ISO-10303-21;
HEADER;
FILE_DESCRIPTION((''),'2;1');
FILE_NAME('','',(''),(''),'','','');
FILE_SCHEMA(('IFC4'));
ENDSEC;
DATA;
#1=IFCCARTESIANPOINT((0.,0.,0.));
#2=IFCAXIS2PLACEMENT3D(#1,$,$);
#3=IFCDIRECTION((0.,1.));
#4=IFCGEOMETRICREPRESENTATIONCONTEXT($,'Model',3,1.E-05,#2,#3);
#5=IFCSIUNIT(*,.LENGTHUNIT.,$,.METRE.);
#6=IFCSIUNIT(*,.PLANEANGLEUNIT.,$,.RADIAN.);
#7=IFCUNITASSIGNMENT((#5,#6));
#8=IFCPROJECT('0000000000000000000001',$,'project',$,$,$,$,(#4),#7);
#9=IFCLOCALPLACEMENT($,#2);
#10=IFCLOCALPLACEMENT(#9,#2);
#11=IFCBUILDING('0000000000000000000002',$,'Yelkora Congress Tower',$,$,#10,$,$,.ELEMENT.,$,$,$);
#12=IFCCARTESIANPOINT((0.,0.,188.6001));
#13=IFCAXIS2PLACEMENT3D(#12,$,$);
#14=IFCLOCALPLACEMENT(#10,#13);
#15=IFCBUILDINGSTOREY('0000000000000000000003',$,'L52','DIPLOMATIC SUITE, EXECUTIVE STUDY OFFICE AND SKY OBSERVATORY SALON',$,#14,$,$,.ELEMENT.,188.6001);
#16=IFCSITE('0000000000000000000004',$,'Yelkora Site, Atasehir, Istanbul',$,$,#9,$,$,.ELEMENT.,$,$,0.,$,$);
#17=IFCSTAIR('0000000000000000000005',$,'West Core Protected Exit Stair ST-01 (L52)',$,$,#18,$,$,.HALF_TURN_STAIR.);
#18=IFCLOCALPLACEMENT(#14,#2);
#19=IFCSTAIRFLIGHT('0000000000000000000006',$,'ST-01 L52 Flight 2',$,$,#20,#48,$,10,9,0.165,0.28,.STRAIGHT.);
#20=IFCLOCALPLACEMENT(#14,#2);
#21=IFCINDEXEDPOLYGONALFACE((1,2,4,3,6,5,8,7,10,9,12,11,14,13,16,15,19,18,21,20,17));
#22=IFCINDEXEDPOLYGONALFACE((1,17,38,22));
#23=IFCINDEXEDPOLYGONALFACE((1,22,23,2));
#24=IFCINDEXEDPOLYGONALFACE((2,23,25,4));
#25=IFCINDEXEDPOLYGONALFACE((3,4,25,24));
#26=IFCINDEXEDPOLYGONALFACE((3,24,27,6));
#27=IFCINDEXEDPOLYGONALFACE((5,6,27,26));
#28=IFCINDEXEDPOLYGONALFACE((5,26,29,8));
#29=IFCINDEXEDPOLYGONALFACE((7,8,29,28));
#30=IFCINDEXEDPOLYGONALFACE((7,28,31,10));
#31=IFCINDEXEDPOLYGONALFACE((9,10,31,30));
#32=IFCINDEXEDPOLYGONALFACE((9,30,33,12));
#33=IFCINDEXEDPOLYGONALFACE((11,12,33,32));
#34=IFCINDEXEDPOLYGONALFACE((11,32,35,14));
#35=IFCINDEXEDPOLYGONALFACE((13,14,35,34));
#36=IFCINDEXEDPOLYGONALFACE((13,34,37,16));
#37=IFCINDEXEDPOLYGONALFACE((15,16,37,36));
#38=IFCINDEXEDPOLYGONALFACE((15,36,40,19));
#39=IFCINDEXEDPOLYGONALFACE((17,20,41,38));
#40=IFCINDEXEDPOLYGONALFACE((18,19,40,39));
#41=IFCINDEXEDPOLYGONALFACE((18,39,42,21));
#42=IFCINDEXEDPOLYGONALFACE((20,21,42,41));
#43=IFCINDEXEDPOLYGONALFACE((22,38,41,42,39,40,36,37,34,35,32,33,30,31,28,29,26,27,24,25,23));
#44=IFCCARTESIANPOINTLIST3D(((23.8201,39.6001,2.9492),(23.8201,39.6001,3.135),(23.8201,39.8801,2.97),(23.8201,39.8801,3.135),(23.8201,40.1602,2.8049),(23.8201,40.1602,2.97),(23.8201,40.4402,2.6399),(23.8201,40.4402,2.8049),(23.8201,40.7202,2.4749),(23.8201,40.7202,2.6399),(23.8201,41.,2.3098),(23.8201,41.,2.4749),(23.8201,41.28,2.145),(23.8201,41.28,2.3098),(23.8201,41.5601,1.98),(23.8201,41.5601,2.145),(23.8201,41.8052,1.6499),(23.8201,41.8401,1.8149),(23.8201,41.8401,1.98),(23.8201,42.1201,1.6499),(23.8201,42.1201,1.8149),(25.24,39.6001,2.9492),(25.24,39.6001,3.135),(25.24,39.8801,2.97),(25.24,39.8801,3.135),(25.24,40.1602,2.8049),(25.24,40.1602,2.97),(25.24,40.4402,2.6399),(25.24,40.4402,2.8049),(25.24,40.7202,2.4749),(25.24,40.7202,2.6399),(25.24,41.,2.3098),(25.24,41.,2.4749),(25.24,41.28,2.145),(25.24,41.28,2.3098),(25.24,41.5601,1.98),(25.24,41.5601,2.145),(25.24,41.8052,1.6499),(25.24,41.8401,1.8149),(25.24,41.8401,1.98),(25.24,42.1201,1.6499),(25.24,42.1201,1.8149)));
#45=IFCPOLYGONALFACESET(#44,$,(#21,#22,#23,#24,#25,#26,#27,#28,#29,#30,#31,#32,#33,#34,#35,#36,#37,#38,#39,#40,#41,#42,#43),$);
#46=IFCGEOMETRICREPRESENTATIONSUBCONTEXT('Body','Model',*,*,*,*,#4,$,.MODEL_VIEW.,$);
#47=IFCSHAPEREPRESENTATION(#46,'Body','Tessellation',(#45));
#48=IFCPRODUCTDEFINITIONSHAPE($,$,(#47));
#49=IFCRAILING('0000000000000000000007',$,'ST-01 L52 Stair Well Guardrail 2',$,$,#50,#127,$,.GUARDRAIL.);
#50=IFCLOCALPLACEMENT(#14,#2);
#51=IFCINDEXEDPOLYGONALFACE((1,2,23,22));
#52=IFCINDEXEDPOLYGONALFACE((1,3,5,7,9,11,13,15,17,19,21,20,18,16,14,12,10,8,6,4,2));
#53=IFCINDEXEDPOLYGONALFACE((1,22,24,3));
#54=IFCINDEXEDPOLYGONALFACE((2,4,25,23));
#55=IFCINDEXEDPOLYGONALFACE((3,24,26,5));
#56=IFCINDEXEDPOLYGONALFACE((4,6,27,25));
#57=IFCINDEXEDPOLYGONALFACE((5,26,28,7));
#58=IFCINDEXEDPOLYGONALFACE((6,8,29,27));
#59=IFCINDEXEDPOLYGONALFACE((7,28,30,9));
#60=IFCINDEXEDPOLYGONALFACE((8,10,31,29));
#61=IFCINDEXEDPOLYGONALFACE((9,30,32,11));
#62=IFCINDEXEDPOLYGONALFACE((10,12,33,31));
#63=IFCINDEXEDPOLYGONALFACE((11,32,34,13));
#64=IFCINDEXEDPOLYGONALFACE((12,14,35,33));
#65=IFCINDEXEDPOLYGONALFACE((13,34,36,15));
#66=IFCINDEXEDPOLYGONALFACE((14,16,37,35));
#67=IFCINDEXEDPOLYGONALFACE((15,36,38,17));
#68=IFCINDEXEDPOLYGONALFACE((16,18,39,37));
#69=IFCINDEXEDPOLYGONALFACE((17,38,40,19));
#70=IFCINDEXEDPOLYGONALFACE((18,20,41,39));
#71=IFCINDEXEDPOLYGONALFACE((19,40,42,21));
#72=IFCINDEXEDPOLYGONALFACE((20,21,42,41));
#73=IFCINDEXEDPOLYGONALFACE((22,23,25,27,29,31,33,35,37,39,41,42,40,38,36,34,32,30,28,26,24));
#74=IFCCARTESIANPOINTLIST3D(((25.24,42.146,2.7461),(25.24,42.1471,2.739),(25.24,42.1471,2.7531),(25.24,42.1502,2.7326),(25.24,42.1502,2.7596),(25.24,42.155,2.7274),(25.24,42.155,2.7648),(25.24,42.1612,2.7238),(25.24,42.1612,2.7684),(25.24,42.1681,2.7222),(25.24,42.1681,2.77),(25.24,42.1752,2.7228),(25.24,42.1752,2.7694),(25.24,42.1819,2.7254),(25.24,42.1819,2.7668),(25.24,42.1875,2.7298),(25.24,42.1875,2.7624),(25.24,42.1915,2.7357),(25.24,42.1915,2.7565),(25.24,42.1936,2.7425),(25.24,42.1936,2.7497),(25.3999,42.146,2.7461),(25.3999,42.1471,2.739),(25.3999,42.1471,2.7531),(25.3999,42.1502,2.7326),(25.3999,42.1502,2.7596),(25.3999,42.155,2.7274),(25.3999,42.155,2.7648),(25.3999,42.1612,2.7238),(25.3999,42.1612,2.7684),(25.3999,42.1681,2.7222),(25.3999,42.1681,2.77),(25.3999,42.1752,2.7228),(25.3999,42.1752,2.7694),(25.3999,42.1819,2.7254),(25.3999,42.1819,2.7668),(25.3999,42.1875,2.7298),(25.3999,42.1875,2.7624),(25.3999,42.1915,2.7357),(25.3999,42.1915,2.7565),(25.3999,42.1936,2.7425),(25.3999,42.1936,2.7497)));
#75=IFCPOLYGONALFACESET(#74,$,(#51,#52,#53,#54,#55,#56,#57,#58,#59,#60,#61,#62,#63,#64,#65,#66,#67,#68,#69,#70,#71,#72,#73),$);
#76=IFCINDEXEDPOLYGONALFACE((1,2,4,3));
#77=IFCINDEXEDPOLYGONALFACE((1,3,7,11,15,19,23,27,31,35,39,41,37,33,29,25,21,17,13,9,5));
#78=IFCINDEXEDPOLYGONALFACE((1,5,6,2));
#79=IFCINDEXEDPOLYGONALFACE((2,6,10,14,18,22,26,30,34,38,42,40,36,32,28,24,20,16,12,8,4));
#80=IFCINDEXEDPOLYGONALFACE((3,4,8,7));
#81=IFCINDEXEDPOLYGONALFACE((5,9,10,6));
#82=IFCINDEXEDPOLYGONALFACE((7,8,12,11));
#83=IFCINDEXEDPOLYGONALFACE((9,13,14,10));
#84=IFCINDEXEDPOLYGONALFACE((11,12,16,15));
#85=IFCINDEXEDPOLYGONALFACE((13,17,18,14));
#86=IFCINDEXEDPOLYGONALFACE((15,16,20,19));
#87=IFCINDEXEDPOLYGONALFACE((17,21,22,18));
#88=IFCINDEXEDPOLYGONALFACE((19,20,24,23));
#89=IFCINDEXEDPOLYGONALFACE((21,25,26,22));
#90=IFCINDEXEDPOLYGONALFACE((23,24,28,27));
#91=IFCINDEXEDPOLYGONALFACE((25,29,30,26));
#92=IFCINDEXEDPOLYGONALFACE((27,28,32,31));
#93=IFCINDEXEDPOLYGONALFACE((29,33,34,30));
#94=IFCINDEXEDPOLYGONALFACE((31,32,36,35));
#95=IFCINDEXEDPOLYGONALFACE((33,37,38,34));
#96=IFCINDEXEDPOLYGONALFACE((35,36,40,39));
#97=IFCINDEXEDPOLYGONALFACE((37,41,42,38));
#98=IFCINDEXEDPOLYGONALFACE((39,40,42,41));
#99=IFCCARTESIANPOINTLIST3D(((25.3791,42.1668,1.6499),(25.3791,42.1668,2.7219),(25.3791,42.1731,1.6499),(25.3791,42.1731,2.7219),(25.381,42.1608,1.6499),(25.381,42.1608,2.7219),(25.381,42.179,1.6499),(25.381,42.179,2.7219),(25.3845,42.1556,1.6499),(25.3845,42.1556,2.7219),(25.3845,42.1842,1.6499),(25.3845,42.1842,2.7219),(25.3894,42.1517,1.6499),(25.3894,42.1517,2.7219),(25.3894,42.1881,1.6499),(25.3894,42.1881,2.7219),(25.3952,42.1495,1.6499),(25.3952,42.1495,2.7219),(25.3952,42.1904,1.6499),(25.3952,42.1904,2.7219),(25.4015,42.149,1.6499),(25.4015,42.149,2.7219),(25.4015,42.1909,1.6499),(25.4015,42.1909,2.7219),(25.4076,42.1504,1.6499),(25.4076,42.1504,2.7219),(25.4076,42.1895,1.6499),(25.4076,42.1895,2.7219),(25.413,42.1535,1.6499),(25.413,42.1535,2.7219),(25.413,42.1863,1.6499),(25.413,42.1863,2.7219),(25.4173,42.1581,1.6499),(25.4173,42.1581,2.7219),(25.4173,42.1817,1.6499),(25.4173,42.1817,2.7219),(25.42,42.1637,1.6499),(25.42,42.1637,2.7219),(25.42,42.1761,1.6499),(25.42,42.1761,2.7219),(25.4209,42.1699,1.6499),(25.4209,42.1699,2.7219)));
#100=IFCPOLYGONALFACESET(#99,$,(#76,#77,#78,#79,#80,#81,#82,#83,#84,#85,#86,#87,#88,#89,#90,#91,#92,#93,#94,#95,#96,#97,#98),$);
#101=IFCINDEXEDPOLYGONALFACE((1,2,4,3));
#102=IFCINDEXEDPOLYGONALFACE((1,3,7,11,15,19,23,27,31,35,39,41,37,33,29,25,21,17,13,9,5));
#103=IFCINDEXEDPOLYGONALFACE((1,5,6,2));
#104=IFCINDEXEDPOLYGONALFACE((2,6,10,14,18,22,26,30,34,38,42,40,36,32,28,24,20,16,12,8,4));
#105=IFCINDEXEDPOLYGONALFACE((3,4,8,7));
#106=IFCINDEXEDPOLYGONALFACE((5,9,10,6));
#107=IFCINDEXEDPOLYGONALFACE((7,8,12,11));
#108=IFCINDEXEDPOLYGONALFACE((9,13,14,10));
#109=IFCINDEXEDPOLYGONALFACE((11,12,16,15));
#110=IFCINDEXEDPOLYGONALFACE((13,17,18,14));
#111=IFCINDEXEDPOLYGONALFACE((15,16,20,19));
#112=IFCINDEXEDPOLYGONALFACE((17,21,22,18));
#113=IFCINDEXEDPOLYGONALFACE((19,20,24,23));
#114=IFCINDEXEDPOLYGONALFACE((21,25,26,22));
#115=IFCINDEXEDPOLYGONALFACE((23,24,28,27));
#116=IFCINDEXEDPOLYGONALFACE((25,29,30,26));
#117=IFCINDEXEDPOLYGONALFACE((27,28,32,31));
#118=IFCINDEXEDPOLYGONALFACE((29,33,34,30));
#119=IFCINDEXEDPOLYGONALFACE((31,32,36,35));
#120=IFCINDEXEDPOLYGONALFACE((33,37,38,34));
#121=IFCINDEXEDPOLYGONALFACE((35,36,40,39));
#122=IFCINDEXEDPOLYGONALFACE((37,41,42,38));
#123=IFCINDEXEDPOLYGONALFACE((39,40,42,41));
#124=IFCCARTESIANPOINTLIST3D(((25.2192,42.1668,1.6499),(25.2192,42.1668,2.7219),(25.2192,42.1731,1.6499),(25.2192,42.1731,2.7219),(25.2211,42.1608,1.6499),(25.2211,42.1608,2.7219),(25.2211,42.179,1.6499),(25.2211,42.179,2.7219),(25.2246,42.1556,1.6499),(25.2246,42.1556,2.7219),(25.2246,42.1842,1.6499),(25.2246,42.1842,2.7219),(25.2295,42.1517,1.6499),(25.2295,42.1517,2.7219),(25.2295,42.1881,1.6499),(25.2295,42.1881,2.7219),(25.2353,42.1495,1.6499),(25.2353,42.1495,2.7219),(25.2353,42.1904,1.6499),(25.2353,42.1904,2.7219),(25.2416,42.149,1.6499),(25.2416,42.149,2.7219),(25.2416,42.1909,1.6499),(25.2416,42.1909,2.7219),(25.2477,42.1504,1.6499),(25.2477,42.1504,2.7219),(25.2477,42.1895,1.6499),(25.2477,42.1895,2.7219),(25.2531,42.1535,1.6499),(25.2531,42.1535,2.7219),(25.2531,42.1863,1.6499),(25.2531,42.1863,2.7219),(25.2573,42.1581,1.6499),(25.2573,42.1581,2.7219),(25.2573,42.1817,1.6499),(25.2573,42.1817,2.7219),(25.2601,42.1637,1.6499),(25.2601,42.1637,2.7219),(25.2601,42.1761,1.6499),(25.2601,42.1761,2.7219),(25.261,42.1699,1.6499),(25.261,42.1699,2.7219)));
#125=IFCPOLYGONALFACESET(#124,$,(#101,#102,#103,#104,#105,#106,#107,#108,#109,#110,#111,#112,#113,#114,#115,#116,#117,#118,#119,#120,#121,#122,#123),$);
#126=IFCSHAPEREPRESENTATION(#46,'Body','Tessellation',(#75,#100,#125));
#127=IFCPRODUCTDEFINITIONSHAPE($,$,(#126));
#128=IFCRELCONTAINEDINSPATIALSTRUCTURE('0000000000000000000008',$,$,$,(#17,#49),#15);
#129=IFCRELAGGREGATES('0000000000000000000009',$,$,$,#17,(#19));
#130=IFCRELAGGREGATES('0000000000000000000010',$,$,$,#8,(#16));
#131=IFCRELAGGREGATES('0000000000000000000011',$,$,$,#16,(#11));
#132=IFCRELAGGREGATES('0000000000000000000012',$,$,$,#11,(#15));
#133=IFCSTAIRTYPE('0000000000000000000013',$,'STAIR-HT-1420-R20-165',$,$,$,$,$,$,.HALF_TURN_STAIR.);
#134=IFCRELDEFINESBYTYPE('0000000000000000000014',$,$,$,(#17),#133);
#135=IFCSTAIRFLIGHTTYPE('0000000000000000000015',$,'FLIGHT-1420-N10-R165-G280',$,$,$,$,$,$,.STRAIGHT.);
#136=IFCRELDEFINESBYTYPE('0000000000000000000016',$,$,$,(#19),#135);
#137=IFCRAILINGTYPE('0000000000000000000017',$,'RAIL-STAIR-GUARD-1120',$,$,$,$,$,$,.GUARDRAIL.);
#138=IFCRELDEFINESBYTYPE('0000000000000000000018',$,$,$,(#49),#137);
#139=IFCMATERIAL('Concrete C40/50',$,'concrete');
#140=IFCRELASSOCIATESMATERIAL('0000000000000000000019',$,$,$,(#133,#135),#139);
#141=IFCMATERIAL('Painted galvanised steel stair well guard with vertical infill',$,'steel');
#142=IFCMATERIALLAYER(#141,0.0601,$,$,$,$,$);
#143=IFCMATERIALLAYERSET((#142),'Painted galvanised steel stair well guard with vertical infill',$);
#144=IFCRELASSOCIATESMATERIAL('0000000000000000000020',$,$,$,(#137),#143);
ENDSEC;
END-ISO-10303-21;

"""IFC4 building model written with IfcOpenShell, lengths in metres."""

from ifc_helpers import new_model, si_unit, direction, frame, origin, origin_2d, place, context, subcontext, project, spatial, polyline, circle, outline, extrude, material, layer, layer_set, type_object, element, aggregate, save


model = new_model("IFC4")

# Units and contexts
model_context = context("Model", 3, precision=1e-05, world=origin(), true_north=direction((0.0, 1.0)))
body_context = subcontext(model_context, "Body", "Model", "MODEL_VIEW")
ifc_project = project(units=[si_unit("LENGTHUNIT", "METRE"), si_unit("PLANEANGLEUNIT", "RADIAN")], contexts=[model_context])

# Site, building, storey
site_placement = place(None, origin())
site = spatial("IfcSite", under=ifc_project, at=site_placement, Name="Yelkora Site, Atasehir, Istanbul", CompositionType="ELEMENT", RefElevation=0.0)
building_placement = place(site_placement, origin())
building = spatial("IfcBuilding", under=site, at=building_placement, Name="Yelkora Congress Tower", CompositionType="ELEMENT")
storey_placement = place(building_placement, frame((0.0, 0.0, 188.6001)))
storey = spatial("IfcBuildingStorey", under=building, at=storey_placement, Name="L52", Description="DIPLOMATIC SUITE, EXECUTIVE STUDY OFFICE AND SKY OBSERVATORY SALON", CompositionType="ELEMENT", Elevation=188.6001)

# Stair, stair flight
ifc_material_1 = material(Name="Concrete C40/50", Category="concrete")
stair_type = type_object("IfcStairType", Name="STAIR-HT-1420-R20-165", PredefinedType="HALF_TURN_STAIR", material=ifc_material_1)
stair_placement = place(storey_placement, origin())
stair = element("IfcStair", 1, at=stair_placement, inside=storey, type_object=stair_type, Name="West Core Protected Exit Stair ST-01 (L52)", PredefinedType="HALF_TURN_STAIR")
stair_flight_type = type_object("IfcStairFlightType", Name="FLIGHT-1420-N10-R165-G280", PredefinedType="STRAIGHT", material=ifc_material_1)
stair_flight_placement = place(storey_placement, frame((24.53, 42.1201, 1.6499), z_axis=(0.0, 0.0, 1.0), x_axis=(0.0, -1.0, 0.0)))
stair_flight = element("IfcStairFlight", 2, at=stair_flight_placement, type_object=stair_flight_type, Name="ST-01 L52 Flight 2", NumberOfRisers=10, NumberOfTreads=9, PredefinedType="STRAIGHT", RiserHeight=0.165, TreadLength=0.28, context=body_context, shape_type="SweptSolid", body=[
    extrude(outline(polyline([(0.0, 0.0), (0.0, 0.165), (0.28, 0.165), (0.28, 0.3301), (0.5601, 0.3301), (0.5601, 0.4951), (0.8401, 0.4951), (0.8401, 0.6599), (1.1201, 0.6599), (1.1201, 0.825), (1.3999, 0.825), (1.3999, 0.99), (1.6799, 0.99), (1.6799, 1.155), (1.96, 1.155), (1.96, 1.3201), (2.24, 1.3201), (2.24, 1.4851), (2.52, 1.4851), (2.52, 1.6499), (2.52, 1.2993), (0.3149, 0.0), (0.0, 0.0)])), frame((0.0, 0.71, 0.0), z_axis=(0.0, -1.0, 0.0), x_axis=(1.0, 0.0, 0.0)), (0.0, 0.0, 1.0), 1.4199),
])
aggregate(stair, [stair_flight])

# Railing
ifc_material_2 = material(Name="Painted galvanised steel stair well guard with vertical infill", Category="steel")
ifc_layer_1 = layer(ifc_material_2, 0.0601)
ifc_layer_set_1 = layer_set([ifc_layer_1], Name="Painted galvanised steel stair well guard with vertical infill")
railing_type = type_object("IfcRailingType", Name="RAIL-STAIR-GUARD-1120", PredefinedType="GUARDRAIL", material=ifc_layer_set_1)
railing_1_placement = place(storey_placement, frame((25.3999, 42.1699, 1.6499)))
element("IfcRailing", 3, at=railing_1_placement, inside=storey, type_object=railing_type, Name="ST-01 L52 Stair Well Guardrail 2", PredefinedType="GUARDRAIL", context=body_context, shape_type="SweptSolid", body=[
    extrude(circle(Radius=0.0239, at=origin_2d()), frame((0.0, 0.0, 1.0962), z_axis=(-1.0, 0.0, 0.0), x_axis=(0.0, -1.0, 0.0)), (0.0, 0.0, 1.0), 0.1599),
    extrude(circle(Radius=0.021, at=origin_2d()), origin(), (0.0, 0.0, 1.0), 1.072),
    extrude(circle(Radius=0.021, at=origin_2d()), frame((-0.1599, 0.0, 0.0)), (0.0, 0.0, 1.0), 1.072),
])

save(model, "model.ifc")
